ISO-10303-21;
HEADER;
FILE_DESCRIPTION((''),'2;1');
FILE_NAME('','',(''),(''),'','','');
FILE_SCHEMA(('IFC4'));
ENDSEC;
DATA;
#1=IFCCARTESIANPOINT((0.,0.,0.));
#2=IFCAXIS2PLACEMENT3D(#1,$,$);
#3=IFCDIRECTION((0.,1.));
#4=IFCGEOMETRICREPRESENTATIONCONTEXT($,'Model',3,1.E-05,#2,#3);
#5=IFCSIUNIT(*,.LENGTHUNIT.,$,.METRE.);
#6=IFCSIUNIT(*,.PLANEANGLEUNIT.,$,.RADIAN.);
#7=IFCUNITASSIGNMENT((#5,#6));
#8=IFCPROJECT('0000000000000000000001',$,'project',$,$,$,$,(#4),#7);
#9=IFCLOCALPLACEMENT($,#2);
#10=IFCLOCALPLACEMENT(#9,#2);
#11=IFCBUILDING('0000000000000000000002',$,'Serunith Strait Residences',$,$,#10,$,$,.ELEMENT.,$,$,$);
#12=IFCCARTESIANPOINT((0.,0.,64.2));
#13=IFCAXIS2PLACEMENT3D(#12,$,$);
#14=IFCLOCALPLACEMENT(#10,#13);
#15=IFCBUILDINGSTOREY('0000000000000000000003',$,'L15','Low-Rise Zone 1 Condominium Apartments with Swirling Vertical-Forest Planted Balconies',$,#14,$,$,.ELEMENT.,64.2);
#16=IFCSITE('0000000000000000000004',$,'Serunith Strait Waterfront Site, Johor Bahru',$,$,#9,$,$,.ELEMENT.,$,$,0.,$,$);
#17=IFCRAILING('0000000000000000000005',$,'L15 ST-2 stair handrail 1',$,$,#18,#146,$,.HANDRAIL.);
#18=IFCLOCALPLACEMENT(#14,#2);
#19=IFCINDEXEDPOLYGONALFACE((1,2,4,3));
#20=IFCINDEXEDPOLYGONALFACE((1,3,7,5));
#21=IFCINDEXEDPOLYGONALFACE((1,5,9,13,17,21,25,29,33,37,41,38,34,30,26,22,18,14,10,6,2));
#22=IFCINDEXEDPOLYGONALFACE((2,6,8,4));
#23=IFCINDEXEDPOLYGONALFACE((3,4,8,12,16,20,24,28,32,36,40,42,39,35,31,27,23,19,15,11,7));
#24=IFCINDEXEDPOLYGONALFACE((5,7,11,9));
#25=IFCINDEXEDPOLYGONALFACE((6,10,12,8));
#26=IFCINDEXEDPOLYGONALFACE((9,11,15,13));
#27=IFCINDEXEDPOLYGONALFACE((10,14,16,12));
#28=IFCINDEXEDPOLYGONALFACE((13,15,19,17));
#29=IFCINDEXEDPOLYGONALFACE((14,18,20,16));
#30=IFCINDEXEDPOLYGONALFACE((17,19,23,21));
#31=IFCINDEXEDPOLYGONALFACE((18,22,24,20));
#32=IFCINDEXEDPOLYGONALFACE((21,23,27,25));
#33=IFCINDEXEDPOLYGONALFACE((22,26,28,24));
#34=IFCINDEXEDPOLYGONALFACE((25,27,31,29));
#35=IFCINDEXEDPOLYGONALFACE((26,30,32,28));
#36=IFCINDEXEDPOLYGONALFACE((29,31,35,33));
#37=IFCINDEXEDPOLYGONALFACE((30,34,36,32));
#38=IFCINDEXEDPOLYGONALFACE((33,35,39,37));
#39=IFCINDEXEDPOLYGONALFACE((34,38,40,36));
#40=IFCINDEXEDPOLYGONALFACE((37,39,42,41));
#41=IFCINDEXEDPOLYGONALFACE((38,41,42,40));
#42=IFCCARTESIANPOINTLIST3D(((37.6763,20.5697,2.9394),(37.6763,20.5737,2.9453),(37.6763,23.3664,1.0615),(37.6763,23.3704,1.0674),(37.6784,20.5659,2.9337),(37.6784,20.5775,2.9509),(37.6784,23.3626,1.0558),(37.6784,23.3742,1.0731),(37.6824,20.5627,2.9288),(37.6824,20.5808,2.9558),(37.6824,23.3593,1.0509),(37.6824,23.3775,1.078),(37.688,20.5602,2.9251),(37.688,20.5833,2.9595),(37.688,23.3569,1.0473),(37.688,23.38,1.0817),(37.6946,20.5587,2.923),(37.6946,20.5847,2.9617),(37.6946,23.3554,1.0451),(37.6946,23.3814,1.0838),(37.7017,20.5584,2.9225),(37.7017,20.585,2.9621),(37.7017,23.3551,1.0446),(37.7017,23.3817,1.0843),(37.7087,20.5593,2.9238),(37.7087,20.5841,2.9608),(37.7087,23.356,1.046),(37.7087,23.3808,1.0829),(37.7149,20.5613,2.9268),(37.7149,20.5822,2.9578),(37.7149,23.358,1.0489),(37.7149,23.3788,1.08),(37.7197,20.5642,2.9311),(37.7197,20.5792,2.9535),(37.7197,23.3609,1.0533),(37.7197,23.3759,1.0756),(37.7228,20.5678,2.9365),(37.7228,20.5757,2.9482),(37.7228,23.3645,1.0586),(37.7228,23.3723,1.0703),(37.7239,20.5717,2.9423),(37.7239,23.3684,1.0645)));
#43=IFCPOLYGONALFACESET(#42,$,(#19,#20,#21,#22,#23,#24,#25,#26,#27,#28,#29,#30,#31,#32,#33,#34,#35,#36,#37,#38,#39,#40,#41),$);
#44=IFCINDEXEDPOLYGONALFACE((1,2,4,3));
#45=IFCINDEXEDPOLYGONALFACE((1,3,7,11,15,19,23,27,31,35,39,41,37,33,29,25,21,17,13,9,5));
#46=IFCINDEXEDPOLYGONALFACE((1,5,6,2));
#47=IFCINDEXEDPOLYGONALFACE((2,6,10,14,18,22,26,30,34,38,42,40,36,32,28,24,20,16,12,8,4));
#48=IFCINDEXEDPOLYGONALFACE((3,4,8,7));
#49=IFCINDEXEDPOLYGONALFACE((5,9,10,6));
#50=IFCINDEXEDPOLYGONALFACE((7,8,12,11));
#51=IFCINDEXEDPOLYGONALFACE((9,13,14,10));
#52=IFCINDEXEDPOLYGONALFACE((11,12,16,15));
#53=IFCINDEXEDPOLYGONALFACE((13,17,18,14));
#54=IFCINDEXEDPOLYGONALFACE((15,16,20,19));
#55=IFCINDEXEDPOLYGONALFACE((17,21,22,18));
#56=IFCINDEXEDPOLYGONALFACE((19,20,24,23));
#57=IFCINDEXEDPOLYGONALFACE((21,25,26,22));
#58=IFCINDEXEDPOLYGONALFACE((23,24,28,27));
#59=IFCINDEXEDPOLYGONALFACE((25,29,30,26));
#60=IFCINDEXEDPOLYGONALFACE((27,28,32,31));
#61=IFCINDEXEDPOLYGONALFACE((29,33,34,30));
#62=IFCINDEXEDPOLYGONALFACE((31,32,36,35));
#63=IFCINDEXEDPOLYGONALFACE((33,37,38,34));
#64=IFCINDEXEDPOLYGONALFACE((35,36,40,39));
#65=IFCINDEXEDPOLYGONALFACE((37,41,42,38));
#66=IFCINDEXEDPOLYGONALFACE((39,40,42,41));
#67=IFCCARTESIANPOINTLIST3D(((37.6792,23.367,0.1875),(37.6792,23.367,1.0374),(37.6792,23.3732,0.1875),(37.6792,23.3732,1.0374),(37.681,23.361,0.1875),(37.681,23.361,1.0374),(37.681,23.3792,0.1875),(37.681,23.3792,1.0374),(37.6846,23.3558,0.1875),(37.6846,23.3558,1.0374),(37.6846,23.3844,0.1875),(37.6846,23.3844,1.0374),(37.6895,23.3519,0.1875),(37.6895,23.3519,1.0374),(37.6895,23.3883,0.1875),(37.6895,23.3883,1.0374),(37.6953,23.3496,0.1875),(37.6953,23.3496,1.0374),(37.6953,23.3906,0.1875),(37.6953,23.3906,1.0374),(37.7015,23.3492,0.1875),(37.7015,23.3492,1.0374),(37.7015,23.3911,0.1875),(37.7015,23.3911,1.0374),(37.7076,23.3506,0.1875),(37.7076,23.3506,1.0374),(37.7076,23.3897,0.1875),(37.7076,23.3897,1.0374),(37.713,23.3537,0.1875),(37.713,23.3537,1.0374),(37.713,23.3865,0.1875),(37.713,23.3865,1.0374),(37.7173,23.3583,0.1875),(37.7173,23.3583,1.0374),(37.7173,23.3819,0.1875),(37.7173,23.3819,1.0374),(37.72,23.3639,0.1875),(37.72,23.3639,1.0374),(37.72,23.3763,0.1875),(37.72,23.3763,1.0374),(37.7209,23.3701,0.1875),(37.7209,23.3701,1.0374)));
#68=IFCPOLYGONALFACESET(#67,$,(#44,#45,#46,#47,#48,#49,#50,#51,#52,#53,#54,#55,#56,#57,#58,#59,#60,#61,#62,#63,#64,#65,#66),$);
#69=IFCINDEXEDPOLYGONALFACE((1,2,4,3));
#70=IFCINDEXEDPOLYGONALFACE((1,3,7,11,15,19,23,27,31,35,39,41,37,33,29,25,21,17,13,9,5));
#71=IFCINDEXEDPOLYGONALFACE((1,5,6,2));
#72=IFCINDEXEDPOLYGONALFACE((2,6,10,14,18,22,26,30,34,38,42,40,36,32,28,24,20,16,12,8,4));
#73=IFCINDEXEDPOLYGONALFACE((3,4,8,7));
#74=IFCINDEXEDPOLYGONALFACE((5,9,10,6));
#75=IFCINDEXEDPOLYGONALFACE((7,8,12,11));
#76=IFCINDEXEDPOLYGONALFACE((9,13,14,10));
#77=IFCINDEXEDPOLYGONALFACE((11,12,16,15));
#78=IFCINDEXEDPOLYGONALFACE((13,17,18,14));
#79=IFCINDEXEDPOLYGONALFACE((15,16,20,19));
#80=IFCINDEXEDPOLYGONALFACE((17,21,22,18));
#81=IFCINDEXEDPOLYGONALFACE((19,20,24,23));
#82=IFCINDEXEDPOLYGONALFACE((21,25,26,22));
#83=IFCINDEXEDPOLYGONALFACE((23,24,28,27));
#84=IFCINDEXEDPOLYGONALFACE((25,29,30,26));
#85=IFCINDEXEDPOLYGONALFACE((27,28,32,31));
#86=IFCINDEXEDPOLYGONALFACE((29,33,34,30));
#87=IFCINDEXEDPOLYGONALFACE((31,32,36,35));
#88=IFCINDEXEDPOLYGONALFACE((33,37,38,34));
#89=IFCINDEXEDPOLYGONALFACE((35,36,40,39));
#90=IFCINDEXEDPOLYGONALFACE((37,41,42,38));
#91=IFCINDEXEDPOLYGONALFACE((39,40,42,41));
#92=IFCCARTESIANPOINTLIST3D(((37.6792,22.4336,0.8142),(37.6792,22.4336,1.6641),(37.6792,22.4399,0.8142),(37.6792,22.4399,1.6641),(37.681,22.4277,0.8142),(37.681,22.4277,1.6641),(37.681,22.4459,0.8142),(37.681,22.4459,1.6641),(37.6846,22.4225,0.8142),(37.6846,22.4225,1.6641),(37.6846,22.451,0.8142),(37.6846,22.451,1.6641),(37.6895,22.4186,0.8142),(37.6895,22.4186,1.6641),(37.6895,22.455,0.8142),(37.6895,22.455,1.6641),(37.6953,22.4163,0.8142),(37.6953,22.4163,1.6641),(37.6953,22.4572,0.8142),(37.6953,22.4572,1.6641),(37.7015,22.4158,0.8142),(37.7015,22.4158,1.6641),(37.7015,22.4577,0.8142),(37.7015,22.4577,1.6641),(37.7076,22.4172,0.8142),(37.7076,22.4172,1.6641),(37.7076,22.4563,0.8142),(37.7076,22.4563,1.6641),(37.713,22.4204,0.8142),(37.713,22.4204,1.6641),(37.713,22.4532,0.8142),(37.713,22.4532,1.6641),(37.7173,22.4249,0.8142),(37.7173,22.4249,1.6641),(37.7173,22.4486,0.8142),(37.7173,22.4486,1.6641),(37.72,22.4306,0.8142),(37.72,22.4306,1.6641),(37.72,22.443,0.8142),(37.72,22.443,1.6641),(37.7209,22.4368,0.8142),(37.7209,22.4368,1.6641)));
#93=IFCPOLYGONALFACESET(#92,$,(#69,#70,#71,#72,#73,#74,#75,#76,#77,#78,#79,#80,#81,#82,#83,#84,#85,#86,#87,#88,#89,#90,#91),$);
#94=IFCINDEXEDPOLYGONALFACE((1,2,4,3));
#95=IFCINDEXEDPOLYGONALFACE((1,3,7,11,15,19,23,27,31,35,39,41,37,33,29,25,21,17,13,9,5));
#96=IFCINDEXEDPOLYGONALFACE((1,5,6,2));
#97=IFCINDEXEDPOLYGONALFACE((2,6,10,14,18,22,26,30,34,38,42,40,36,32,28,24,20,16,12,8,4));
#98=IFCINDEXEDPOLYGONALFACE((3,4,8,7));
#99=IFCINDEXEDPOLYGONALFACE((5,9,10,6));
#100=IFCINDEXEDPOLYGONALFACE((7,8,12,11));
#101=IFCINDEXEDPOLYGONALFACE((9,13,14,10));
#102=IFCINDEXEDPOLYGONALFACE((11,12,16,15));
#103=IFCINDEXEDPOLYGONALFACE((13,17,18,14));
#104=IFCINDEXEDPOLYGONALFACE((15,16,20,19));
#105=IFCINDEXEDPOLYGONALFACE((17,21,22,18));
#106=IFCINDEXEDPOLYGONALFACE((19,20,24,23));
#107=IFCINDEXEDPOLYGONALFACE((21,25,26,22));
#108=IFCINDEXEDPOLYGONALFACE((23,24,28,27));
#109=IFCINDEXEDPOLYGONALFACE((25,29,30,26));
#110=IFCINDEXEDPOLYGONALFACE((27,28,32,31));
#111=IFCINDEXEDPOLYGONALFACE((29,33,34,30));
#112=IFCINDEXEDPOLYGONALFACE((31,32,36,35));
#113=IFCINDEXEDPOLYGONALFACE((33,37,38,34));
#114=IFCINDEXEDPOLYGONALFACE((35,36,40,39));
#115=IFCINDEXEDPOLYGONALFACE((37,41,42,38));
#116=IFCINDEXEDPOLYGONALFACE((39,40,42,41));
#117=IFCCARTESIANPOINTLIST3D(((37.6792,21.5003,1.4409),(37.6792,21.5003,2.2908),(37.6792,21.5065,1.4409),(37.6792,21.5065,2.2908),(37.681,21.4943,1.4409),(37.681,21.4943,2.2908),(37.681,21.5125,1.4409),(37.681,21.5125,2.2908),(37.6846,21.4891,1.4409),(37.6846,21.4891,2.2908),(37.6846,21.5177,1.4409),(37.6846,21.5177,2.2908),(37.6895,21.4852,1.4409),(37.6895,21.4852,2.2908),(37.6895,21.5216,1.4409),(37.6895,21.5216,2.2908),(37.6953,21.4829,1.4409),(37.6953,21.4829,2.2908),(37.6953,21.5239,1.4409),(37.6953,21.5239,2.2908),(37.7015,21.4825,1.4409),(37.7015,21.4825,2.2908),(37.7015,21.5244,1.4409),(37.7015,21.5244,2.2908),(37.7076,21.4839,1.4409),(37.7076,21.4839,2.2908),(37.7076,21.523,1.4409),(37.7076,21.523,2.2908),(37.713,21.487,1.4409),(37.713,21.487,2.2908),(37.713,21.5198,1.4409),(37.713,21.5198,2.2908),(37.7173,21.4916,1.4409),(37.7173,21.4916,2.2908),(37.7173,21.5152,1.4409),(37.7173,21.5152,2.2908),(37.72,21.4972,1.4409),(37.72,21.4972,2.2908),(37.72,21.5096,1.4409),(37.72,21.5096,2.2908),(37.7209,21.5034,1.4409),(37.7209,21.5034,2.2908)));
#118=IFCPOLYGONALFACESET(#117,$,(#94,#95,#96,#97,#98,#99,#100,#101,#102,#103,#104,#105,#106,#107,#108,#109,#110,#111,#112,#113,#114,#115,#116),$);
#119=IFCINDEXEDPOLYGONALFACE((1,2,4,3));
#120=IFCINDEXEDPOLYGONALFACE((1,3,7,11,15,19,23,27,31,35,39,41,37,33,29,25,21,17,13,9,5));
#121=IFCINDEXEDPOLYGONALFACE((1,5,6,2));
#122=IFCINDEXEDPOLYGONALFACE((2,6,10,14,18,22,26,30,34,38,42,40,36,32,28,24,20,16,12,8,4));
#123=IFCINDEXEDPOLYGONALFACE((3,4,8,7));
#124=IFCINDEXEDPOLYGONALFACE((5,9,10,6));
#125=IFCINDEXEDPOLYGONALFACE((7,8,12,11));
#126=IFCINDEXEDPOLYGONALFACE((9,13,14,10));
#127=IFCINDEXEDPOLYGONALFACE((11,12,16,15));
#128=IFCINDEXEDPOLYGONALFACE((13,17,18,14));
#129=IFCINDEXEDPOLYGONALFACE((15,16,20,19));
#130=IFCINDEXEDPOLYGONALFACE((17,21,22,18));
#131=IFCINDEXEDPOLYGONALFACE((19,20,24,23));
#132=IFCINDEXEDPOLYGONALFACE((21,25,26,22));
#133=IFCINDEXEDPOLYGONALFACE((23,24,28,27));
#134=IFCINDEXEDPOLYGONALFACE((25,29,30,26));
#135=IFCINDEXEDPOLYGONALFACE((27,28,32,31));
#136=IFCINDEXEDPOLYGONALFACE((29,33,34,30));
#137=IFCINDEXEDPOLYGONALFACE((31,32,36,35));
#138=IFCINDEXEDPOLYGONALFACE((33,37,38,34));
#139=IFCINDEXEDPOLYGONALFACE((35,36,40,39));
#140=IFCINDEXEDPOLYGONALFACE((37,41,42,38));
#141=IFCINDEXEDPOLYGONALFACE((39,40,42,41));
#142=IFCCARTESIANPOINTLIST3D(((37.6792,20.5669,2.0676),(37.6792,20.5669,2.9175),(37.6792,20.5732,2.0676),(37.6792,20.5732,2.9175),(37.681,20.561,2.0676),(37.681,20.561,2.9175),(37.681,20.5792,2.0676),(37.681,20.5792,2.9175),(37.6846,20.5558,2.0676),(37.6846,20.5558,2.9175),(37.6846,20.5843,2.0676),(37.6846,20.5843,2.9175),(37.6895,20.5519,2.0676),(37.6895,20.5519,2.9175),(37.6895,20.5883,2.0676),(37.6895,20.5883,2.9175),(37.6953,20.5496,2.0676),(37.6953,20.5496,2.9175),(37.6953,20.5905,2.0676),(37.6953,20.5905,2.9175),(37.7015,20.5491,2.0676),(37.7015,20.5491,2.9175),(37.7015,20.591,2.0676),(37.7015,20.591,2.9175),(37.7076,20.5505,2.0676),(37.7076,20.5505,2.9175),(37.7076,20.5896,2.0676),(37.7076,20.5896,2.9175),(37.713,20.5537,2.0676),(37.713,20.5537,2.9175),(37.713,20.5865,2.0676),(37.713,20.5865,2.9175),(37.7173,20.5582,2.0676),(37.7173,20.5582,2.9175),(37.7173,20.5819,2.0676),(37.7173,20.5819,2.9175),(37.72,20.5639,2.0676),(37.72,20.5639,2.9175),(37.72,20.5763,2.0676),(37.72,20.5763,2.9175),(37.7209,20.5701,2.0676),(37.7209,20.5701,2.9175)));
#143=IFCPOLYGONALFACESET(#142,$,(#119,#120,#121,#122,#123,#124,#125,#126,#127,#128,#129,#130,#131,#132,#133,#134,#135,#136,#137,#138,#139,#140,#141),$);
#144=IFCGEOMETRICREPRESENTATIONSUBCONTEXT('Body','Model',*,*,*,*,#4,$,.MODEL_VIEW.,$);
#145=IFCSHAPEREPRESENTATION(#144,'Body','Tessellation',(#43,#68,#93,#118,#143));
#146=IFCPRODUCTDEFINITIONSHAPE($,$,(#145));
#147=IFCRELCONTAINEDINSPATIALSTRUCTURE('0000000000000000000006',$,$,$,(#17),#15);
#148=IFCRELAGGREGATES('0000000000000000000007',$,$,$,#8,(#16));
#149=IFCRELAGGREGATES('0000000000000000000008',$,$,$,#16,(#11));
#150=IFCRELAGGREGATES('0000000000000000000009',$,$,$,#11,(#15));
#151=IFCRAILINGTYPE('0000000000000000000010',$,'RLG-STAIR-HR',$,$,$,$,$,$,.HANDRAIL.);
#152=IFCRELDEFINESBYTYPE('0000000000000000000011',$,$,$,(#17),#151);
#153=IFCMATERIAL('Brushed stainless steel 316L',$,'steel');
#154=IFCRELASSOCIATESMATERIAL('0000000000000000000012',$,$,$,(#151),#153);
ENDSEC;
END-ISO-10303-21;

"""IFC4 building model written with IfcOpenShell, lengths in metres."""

from ifc_helpers import new_model, si_unit, direction, frame, origin, origin_2d, place, context, subcontext, project, spatial, circle, extrude, material, type_object, element, save


model = new_model("IFC4")

# Units and contexts
model_context = context("Model", 3, precision=1e-05, world=origin(), true_north=direction((0.0, 1.0)))
body_context = subcontext(model_context, "Body", "Model", "MODEL_VIEW")
ifc_project = project(units=[si_unit("LENGTHUNIT", "METRE"), si_unit("PLANEANGLEUNIT", "RADIAN")], contexts=[model_context])

# Site, building, storey
site_placement = place(None, origin())
site = spatial("IfcSite", under=ifc_project, at=site_placement, Name="Serunith Strait Waterfront Site, Johor Bahru", CompositionType="ELEMENT", RefElevation=0.0)
building_placement = place(site_placement, origin())
building = spatial("IfcBuilding", under=site, at=building_placement, Name="Serunith Strait Residences", CompositionType="ELEMENT")
storey_placement = place(building_placement, frame((0.0, 0.0, 64.2)))
storey = spatial("IfcBuildingStorey", under=building, at=storey_placement, Name="L15", Description="Low-Rise Zone 1 Condominium Apartments with Swirling Vertical-Forest Planted Balconies", CompositionType="ELEMENT", Elevation=64.2)

# Railing
ifc_material_1 = material(Name="Brushed stainless steel 316L", Category="steel")
railing_type_1 = type_object("IfcRailingType", Name="RLG-STAIR-HR", PredefinedType="HANDRAIL", material=ifc_material_1)
railing_1_placement = place(storey_placement, frame((37.7, 23.3701, 0.1875)))
element("IfcRailing", 1, at=railing_1_placement, inside=storey, type_object=railing_type_1, Name="L15 ST-2 stair handrail 1", PredefinedType="HANDRAIL", context=body_context, shape_type="SweptSolid", body=[
    extrude(circle(Radius=0.0239, at=origin_2d()), frame((0.0, -0.0017, 0.877), z_axis=(0.0, -0.830208, 0.557453), x_axis=(1.0, 0.0, 0.0)), (0.0, 0.0, 1.0), 3.3687),
    extrude(circle(Radius=0.021, at=origin_2d()), origin(), (0.0, 0.0, 1.0), 0.8499),
    extrude(circle(Radius=0.021, at=origin_2d()), frame((0.0, -0.9333, 0.6267)), (0.0, 0.0, 1.0), 0.8499),
    extrude(circle(Radius=0.021, at=origin_2d()), frame((0.0, -1.8667, 1.2534)), (0.0, 0.0, 1.0), 0.8499),
    extrude(circle(Radius=0.021, at=origin_2d()), frame((0.0, -2.8, 1.8801)), (0.0, 0.0, 1.0), 0.8499),
])

save(model, "model.ifc")
